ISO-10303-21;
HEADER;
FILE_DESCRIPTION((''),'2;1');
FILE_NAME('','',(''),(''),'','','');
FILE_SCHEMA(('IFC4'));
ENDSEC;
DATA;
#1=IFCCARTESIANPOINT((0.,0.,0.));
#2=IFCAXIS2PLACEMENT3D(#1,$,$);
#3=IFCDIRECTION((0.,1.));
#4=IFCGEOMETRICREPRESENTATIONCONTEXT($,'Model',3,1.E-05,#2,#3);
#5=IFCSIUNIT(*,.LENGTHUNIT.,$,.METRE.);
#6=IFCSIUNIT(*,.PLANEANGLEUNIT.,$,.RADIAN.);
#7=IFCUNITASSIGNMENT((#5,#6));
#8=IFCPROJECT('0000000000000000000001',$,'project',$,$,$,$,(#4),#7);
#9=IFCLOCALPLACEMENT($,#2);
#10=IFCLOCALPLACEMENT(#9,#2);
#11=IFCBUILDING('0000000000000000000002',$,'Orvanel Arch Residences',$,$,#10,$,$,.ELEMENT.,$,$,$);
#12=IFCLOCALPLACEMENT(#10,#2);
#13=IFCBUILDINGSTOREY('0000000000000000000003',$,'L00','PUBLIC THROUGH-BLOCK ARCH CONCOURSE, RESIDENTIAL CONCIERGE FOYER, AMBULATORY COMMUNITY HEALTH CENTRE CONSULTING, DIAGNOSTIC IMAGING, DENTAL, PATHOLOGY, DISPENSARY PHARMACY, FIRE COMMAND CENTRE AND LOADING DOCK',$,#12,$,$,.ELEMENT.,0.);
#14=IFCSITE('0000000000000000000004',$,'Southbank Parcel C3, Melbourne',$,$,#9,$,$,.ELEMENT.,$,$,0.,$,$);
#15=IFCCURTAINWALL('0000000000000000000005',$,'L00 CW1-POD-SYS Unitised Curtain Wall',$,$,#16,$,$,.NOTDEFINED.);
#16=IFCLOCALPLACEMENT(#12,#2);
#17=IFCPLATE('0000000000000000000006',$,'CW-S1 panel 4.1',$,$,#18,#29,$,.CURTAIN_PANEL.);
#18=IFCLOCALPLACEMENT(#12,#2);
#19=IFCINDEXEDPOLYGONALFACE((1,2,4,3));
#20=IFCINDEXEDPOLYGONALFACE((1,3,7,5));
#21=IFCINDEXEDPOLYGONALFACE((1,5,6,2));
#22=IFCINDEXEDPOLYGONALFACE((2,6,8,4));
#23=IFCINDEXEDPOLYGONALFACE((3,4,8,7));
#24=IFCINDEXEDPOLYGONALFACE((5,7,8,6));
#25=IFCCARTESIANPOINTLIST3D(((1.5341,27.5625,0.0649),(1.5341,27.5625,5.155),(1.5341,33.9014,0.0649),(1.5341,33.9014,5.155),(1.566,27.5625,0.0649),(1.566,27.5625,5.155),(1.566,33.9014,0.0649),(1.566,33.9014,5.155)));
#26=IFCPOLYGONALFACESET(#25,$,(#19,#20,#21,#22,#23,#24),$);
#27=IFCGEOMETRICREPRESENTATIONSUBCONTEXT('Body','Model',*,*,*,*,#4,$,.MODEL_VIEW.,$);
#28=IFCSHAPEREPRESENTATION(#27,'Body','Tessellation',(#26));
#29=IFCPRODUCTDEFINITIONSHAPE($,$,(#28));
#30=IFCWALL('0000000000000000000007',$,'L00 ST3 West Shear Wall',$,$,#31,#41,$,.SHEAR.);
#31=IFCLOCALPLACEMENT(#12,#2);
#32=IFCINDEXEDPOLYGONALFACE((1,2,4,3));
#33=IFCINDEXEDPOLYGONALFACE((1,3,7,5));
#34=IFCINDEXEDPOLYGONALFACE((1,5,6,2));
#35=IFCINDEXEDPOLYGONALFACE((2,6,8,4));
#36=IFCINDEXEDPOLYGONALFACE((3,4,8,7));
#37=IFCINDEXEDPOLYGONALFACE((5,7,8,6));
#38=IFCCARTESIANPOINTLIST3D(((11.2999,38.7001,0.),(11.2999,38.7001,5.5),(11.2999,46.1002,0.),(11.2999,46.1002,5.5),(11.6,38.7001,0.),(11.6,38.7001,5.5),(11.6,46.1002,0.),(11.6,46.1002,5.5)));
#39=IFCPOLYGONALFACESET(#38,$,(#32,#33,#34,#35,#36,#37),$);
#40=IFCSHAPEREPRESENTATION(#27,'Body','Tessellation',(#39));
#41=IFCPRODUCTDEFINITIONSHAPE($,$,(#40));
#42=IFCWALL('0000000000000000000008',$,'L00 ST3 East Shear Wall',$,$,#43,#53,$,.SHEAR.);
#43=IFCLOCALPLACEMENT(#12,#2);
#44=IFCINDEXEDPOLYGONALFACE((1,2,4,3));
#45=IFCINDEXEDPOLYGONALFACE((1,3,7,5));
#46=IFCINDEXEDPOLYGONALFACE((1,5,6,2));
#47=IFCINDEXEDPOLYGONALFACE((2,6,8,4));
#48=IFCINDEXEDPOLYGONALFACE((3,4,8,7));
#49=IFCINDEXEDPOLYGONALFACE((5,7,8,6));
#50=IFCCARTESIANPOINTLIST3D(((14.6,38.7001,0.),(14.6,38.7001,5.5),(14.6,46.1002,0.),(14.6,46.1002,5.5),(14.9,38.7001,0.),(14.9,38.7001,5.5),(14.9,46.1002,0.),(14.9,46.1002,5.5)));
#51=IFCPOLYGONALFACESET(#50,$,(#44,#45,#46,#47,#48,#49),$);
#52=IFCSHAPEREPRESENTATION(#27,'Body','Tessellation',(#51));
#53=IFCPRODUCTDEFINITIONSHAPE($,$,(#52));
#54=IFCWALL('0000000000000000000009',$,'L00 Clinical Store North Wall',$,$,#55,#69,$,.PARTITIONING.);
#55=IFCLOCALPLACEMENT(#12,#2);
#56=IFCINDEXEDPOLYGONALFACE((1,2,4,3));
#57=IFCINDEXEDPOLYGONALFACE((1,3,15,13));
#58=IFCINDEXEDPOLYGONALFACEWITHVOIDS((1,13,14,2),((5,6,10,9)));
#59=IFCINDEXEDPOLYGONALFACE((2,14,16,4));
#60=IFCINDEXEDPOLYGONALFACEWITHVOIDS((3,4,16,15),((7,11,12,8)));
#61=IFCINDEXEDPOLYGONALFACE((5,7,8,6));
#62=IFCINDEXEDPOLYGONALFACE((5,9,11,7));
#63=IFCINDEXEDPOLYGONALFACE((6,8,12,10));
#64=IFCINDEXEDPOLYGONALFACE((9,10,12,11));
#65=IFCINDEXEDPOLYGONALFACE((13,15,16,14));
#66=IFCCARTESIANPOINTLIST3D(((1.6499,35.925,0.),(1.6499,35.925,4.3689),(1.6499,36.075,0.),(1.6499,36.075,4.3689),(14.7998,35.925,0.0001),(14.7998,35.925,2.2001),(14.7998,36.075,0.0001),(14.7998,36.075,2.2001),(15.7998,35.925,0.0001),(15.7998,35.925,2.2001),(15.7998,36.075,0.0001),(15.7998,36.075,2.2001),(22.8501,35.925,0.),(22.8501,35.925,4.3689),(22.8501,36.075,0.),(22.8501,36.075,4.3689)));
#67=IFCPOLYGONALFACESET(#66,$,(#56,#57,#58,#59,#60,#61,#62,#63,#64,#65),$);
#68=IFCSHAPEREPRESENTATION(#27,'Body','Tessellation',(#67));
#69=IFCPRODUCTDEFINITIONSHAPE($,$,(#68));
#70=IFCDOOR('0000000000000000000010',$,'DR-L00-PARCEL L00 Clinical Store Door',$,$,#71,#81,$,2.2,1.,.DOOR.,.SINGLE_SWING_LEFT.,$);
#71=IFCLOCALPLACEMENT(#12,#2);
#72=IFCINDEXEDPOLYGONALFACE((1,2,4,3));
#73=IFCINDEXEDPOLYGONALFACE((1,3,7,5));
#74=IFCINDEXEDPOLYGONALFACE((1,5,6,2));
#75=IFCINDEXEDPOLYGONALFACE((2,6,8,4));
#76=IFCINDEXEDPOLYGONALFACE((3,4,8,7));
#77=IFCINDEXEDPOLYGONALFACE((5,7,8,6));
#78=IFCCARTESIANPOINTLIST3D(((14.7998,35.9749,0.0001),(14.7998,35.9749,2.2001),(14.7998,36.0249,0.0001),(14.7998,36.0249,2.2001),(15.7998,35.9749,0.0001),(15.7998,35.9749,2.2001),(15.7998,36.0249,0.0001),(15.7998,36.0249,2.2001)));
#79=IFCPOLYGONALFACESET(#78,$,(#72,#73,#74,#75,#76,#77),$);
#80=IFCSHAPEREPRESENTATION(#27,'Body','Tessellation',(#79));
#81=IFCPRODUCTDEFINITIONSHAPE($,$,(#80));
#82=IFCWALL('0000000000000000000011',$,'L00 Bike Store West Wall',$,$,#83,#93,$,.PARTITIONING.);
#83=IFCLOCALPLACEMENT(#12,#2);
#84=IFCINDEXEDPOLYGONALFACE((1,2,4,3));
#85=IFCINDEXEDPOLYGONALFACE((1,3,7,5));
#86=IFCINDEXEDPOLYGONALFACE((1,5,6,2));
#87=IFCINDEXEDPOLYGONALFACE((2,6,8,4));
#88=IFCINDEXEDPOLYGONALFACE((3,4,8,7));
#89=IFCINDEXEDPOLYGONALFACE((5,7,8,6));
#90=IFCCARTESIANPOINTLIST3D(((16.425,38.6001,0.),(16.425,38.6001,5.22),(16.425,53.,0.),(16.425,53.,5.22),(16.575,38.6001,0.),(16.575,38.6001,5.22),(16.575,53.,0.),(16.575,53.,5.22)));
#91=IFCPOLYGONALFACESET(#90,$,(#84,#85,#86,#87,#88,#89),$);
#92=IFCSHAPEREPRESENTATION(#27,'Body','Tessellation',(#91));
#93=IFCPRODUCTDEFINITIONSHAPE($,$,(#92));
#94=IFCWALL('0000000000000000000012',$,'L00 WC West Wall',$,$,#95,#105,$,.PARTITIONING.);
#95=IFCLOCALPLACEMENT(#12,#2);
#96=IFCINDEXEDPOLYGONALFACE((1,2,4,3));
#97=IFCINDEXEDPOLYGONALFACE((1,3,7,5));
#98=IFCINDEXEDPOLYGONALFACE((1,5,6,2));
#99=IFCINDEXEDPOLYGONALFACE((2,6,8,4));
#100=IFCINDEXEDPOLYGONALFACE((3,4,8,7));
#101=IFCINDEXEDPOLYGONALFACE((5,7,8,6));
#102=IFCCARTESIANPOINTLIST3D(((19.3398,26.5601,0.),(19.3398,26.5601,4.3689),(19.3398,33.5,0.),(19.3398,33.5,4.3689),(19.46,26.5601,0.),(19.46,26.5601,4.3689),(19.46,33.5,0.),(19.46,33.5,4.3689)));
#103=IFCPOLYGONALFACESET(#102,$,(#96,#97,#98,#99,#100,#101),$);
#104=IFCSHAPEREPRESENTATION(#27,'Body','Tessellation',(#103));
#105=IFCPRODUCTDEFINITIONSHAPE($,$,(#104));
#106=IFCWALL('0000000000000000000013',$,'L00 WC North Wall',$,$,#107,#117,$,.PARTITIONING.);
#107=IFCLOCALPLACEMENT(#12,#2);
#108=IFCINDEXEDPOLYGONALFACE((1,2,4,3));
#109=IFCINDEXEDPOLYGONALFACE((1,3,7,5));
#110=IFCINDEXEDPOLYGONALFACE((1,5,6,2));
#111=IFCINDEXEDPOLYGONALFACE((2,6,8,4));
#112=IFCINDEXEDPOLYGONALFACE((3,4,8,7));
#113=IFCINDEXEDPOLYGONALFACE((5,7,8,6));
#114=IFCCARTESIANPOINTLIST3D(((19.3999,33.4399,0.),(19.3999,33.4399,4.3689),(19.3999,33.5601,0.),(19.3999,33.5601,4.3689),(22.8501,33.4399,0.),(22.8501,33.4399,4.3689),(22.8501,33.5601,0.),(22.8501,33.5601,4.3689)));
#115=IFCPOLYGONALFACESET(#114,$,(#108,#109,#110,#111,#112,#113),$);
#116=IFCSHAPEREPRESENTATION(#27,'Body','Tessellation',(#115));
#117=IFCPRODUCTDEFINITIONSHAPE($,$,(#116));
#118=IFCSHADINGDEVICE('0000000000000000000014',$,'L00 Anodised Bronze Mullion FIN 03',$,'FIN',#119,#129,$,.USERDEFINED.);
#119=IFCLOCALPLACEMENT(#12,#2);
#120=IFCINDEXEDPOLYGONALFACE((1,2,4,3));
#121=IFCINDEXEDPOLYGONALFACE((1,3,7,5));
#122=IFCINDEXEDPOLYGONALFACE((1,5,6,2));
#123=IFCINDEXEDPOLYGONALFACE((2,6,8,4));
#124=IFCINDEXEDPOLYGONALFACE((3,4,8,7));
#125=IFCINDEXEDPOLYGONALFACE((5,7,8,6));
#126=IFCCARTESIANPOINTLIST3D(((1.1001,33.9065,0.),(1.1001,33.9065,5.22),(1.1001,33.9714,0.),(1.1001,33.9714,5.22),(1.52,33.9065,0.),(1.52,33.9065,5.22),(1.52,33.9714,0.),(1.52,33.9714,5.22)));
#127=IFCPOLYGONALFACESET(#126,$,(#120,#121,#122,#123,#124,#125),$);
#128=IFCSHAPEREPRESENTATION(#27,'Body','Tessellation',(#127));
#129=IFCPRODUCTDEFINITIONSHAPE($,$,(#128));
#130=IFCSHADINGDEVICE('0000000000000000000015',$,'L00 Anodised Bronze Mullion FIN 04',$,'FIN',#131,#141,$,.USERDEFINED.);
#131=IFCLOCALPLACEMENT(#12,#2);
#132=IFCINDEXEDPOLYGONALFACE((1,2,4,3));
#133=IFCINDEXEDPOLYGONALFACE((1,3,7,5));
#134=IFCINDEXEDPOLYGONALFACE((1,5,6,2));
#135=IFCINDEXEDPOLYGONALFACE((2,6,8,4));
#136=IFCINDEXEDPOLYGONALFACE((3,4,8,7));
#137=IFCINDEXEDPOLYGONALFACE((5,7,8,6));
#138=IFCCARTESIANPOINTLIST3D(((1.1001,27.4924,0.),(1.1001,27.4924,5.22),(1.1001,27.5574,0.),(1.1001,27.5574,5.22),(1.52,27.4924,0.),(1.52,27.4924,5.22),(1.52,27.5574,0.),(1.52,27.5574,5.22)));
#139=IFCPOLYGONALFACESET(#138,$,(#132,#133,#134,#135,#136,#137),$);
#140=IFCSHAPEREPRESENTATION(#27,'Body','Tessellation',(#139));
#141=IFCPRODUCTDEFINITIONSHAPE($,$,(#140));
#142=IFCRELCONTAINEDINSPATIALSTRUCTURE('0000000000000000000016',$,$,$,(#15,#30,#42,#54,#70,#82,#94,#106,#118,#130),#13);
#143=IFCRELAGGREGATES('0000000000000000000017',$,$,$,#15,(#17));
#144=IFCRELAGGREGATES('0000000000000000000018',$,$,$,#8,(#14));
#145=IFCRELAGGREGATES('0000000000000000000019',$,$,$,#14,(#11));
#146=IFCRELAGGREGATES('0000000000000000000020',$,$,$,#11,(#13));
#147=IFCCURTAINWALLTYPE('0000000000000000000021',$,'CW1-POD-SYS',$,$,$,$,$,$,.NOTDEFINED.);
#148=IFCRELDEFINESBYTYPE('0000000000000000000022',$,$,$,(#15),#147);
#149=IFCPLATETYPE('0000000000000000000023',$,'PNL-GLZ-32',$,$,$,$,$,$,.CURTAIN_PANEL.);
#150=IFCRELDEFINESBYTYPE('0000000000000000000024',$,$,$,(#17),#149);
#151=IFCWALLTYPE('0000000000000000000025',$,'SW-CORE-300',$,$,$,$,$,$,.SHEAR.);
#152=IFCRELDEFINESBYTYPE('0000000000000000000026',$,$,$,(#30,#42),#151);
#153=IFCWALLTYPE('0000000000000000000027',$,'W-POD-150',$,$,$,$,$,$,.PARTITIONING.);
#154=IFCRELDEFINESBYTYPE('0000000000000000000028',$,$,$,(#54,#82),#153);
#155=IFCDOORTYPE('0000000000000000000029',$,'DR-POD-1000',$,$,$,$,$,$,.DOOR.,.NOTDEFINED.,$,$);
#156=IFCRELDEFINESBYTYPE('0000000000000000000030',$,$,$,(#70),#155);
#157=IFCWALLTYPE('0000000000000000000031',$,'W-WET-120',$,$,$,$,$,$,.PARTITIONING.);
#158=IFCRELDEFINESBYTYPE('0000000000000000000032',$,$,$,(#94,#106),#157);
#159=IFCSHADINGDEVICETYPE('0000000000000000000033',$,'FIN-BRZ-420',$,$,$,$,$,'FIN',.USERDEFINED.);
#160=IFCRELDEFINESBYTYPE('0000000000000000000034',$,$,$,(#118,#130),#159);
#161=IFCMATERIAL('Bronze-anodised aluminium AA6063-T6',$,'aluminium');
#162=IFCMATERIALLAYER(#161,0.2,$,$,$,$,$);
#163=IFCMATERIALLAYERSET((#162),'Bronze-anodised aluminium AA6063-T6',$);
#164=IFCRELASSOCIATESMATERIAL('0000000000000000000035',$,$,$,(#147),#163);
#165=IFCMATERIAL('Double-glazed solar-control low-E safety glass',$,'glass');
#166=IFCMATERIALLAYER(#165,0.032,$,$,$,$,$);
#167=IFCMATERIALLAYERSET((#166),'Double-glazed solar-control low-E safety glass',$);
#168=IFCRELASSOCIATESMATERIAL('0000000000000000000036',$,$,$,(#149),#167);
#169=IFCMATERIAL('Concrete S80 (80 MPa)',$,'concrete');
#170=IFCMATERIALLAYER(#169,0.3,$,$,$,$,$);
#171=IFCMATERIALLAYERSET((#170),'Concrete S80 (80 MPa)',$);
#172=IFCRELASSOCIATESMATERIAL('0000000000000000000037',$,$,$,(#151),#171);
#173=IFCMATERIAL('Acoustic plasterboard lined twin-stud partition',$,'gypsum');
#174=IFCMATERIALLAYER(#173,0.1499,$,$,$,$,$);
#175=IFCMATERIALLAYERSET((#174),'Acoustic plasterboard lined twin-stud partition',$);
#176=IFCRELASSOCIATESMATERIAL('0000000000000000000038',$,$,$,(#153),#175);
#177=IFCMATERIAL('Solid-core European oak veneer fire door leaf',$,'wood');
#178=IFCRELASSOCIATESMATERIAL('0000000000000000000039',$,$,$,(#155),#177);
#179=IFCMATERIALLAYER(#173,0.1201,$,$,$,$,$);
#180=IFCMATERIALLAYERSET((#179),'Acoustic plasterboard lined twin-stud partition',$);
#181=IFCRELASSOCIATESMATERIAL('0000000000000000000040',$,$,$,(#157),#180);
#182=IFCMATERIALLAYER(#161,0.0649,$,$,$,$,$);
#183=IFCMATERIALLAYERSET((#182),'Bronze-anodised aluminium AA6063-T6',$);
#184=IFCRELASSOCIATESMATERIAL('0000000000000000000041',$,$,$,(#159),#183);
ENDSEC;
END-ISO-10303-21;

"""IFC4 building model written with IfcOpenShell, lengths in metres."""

from ifc_helpers import new_model, si_unit, direction, frame, frame_2d, origin, origin_2d, place, context, subcontext, project, spatial, rectangle, extrude, material, layer, layer_set, type_object, element, fill, aggregate, save


model = new_model("IFC4")

# Units and contexts
model_context = context("Model", 3, precision=1e-05, world=origin(), true_north=direction((0.0, 1.0)))
body_context = subcontext(model_context, "Body", "Model", "MODEL_VIEW")
ifc_project = project(units=[si_unit("LENGTHUNIT", "METRE"), si_unit("PLANEANGLEUNIT", "RADIAN")], contexts=[model_context])

# Site, building, storey
site_placement = place(None, origin())
site = spatial("IfcSite", under=ifc_project, at=site_placement, Name="Southbank Parcel C3, Melbourne", CompositionType="ELEMENT", RefElevation=0.0)
building_placement = place(site_placement, origin())
building = spatial("IfcBuilding", under=site, at=building_placement, Name="Orvanel Arch Residences", CompositionType="ELEMENT")
storey_placement = place(building_placement, origin())
storey = spatial("IfcBuildingStorey", under=building, at=storey_placement, Name="L00", Description="PUBLIC THROUGH-BLOCK ARCH CONCOURSE, RESIDENTIAL CONCIERGE FOYER, AMBULATORY COMMUNITY HEALTH CENTRE CONSULTING, DIAGNOSTIC IMAGING, DENTAL, PATHOLOGY, DISPENSARY PHARMACY, FIRE COMMAND CENTRE AND LOADING DOCK", CompositionType="ELEMENT", Elevation=0.0)

# Curtain wall, plate
ifc_material_1 = material(Name="Bronze-anodised aluminium AA6063-T6", Category="aluminium")
ifc_layer_1 = layer(ifc_material_1, 0.2)
ifc_layer_set_1 = layer_set([ifc_layer_1], Name="Bronze-anodised aluminium AA6063-T6")
curtain_wall_type = type_object("IfcCurtainWallType", Name="CW1-POD-SYS", PredefinedType="NOTDEFINED", material=ifc_layer_set_1)
curtain_wall_placement = place(storey_placement, origin())
curtain_wall = element("IfcCurtainWall", 1, at=curtain_wall_placement, inside=storey, type_object=curtain_wall_type, Name="L00 CW1-POD-SYS Unitised Curtain Wall", PredefinedType="NOTDEFINED")
ifc_material_2 = material(Name="Double-glazed solar-control low-E safety glass", Category="glass")
ifc_layer_2 = layer(ifc_material_2, 0.032)
ifc_layer_set_2 = layer_set([ifc_layer_2], Name="Double-glazed solar-control low-E safety glass")
plate_type = type_object("IfcPlateType", Name="PNL-GLZ-32", PredefinedType="CURTAIN_PANEL", material=ifc_layer_set_2)
plate_1_placement = place(storey_placement, frame((1.55, 30.7319, 0.0649), z_axis=(0.0, 0.0, 1.0), x_axis=(0.0, -1.0, 0.0)))
plate_1 = element("IfcPlate", 2, at=plate_1_placement, type_object=plate_type, Name="CW-S1 panel 4.1", PredefinedType="CURTAIN_PANEL", context=body_context, shape_type="SweptSolid", body=[
    extrude(rectangle(XDim=6.3389, YDim=0.032, at=origin_2d()), origin(), (0.0, 0.0, 1.0), 5.0901),
])
aggregate(curtain_wall, [plate_1])

# Walls
ifc_material_3 = material(Name="Concrete S80 (80 MPa)", Category="concrete")
ifc_layer_3 = layer(ifc_material_3, 0.3)
ifc_layer_set_3 = layer_set([ifc_layer_3], Name="Concrete S80 (80 MPa)")
wall_type_1 = type_object("IfcWallType", Name="SW-CORE-300", PredefinedType="SHEAR", material=ifc_layer_set_3)
for number, where, z_axis, x_axis, name in (
    (3, (11.45, 38.7, 0.0), (0.0, 0.0, 1.0), (0.0, 1.0, 0.0), "L00 ST3 West Shear Wall"),
    (4, (14.75, 38.7, 0.0), (0.0, 0.0, 1.0), (0.0, 1.0, 0.0), "L00 ST3 East Shear Wall"),
):
    element("IfcWall", number, at=place(storey_placement, frame(where, z_axis=z_axis, x_axis=x_axis)), inside=storey, type_object=wall_type_1, Name=name, PredefinedType="SHEAR", context=body_context, shape_type="SweptSolid", body=[
        extrude(rectangle(XDim=7.4001, YDim=0.3, at=frame_2d((3.7002, 0.0))), origin(), (0.0, 0.0, 1.0), 5.5),
    ])

# Wall, opening, door
ifc_material_4 = material(Name="Acoustic plasterboard lined twin-stud partition", Category="gypsum")
ifc_layer_4 = layer(ifc_material_4, 0.1499)
ifc_layer_set_4 = layer_set([ifc_layer_4], Name="Acoustic plasterboard lined twin-stud partition")
wall_type_2 = type_object("IfcWallType", Name="W-POD-150", PredefinedType="PARTITIONING", material=ifc_layer_set_4)
wall_1_placement = place(storey_placement, frame((1.6499, 36.0, 0.0), z_axis=(0.0, 0.0, 1.0), x_axis=(1.0, 0.0, 0.0)))
wall_1 = element("IfcWall", 5, at=wall_1_placement, inside=storey, type_object=wall_type_2, Name="L00 Clinical Store North Wall", PredefinedType="PARTITIONING", context=body_context, shape_type="SweptSolid", body=[
    extrude(rectangle(XDim=21.2002, YDim=0.1499, at=frame_2d((10.6001, 0.0))), origin(), (0.0, 0.0, 1.0), 4.3689),
])
opening_1_placement = place(wall_1_placement, frame((13.1499, 0.0, 0.0)))
opening_1 = element("IfcOpeningElement", 6, at=opening_1_placement, cuts=wall_1, PredefinedType="OPENING", context=body_context, shape_type="SweptSolid", body=[
    extrude(rectangle(XDim=1.0, YDim=2.2, at=frame_2d((0.5, 1.1001))), frame((0.0, 0.085, 0.0), z_axis=(0.0, -1.0, 0.0), x_axis=(1.0, 0.0, 0.0)), (0.0, 0.0, 1.0), 0.1699),
])
ifc_material_5 = material(Name="Solid-core European oak veneer fire door leaf", Category="wood")
door_type_1 = type_object("IfcDoorType", Name="DR-POD-1000", OperationType="NOTDEFINED", PredefinedType="DOOR", material=ifc_material_5)
door_1_placement = place(opening_1_placement, origin())
door_1 = element("IfcDoor", 7, at=door_1_placement, inside=storey, type_object=door_type_1, Name="DR-L00-PARCEL L00 Clinical Store Door", OperationType="SINGLE_SWING_LEFT", OverallHeight=2.2, OverallWidth=1.0, PredefinedType="DOOR", context=body_context, shape_type="SweptSolid", body=[
    extrude(rectangle(XDim=1.0, YDim=2.2, at=frame_2d((0.5, 1.1001))), frame((0.0, 0.0249, 0.0), z_axis=(0.0, -1.0, 0.0), x_axis=(1.0, 0.0, 0.0)), (0.0, 0.0, 1.0), 0.05),
])
fill(opening_1, door_1)

# Walls
wall_2_placement = place(storey_placement, frame((16.5, 38.6001, 0.0), z_axis=(0.0, 0.0, 1.0), x_axis=(0.0, 1.0, 0.0)))
element("IfcWall", 8, at=wall_2_placement, inside=storey, type_object=wall_type_2, Name="L00 Bike Store West Wall", PredefinedType="PARTITIONING", context=body_context, shape_type="SweptSolid", body=[
    extrude(rectangle(XDim=14.3999, YDim=0.1499, at=frame_2d((7.2, 0.0))), origin(), (0.0, 0.0, 1.0), 5.22),
])
ifc_layer_5 = layer(ifc_material_4, 0.1201)
ifc_layer_set_5 = layer_set([ifc_layer_5], Name="Acoustic plasterboard lined twin-stud partition")
wall_type_3 = type_object("IfcWallType", Name="W-WET-120", PredefinedType="PARTITIONING", material=ifc_layer_set_5)
wall_3_placement = place(storey_placement, frame((19.3999, 26.5601, 0.0), z_axis=(0.0, 0.0, 1.0), x_axis=(0.0, 1.0, 0.0)))
element("IfcWall", 9, at=wall_3_placement, inside=storey, type_object=wall_type_3, Name="L00 WC West Wall", PredefinedType="PARTITIONING", context=body_context, shape_type="SweptSolid", body=[
    extrude(rectangle(XDim=6.9399, YDim=0.1201, at=frame_2d((3.47, 0.0))), origin(), (0.0, 0.0, 1.0), 4.3689),
])
wall_4_placement = place(storey_placement, frame((19.3999, 33.5, 0.0), z_axis=(0.0, 0.0, 1.0), x_axis=(1.0, 0.0, 0.0)))
element("IfcWall", 10, at=wall_4_placement, inside=storey, type_object=wall_type_3, Name="L00 WC North Wall", PredefinedType="PARTITIONING", context=body_context, shape_type="SweptSolid", body=[
    extrude(rectangle(XDim=3.4502, YDim=0.1201, at=frame_2d((1.7251, 0.0))), origin(), (0.0, 0.0, 1.0), 4.3689),
])

# Shading devices
ifc_layer_6 = layer(ifc_material_1, 0.0649)
ifc_layer_set_6 = layer_set([ifc_layer_6], Name="Bronze-anodised aluminium AA6063-T6")
shading_device_type = type_object("IfcShadingDeviceType", Name="FIN-BRZ-420", ElementType="FIN", PredefinedType="USERDEFINED", material=ifc_layer_set_6)
for number, where, z_axis, x_axis, name in (
    (11, (1.3101, 33.939, 0.0), (0.0, 0.0, 1.0), (-1.0, 0.0, 0.0), "L00 Anodised Bronze Mullion FIN 03"),
    (12, (1.3101, 27.5249, 0.0), (0.0, 0.0, 1.0), (-1.0, 0.0, 0.0), "L00 Anodised Bronze Mullion FIN 04"),
):
    element("IfcShadingDevice", number, at=place(storey_placement, frame(where, z_axis=z_axis, x_axis=x_axis)), inside=storey, type_object=shading_device_type, Name=name, ObjectType="FIN", PredefinedType="USERDEFINED", context=body_context, shape_type="SweptSolid", body=[
        extrude(rectangle(XDim=0.4199, YDim=0.0649, at=origin_2d()), origin(), (0.0, 0.0, 1.0), 5.22),
    ])

save(model, "model.ifc")
